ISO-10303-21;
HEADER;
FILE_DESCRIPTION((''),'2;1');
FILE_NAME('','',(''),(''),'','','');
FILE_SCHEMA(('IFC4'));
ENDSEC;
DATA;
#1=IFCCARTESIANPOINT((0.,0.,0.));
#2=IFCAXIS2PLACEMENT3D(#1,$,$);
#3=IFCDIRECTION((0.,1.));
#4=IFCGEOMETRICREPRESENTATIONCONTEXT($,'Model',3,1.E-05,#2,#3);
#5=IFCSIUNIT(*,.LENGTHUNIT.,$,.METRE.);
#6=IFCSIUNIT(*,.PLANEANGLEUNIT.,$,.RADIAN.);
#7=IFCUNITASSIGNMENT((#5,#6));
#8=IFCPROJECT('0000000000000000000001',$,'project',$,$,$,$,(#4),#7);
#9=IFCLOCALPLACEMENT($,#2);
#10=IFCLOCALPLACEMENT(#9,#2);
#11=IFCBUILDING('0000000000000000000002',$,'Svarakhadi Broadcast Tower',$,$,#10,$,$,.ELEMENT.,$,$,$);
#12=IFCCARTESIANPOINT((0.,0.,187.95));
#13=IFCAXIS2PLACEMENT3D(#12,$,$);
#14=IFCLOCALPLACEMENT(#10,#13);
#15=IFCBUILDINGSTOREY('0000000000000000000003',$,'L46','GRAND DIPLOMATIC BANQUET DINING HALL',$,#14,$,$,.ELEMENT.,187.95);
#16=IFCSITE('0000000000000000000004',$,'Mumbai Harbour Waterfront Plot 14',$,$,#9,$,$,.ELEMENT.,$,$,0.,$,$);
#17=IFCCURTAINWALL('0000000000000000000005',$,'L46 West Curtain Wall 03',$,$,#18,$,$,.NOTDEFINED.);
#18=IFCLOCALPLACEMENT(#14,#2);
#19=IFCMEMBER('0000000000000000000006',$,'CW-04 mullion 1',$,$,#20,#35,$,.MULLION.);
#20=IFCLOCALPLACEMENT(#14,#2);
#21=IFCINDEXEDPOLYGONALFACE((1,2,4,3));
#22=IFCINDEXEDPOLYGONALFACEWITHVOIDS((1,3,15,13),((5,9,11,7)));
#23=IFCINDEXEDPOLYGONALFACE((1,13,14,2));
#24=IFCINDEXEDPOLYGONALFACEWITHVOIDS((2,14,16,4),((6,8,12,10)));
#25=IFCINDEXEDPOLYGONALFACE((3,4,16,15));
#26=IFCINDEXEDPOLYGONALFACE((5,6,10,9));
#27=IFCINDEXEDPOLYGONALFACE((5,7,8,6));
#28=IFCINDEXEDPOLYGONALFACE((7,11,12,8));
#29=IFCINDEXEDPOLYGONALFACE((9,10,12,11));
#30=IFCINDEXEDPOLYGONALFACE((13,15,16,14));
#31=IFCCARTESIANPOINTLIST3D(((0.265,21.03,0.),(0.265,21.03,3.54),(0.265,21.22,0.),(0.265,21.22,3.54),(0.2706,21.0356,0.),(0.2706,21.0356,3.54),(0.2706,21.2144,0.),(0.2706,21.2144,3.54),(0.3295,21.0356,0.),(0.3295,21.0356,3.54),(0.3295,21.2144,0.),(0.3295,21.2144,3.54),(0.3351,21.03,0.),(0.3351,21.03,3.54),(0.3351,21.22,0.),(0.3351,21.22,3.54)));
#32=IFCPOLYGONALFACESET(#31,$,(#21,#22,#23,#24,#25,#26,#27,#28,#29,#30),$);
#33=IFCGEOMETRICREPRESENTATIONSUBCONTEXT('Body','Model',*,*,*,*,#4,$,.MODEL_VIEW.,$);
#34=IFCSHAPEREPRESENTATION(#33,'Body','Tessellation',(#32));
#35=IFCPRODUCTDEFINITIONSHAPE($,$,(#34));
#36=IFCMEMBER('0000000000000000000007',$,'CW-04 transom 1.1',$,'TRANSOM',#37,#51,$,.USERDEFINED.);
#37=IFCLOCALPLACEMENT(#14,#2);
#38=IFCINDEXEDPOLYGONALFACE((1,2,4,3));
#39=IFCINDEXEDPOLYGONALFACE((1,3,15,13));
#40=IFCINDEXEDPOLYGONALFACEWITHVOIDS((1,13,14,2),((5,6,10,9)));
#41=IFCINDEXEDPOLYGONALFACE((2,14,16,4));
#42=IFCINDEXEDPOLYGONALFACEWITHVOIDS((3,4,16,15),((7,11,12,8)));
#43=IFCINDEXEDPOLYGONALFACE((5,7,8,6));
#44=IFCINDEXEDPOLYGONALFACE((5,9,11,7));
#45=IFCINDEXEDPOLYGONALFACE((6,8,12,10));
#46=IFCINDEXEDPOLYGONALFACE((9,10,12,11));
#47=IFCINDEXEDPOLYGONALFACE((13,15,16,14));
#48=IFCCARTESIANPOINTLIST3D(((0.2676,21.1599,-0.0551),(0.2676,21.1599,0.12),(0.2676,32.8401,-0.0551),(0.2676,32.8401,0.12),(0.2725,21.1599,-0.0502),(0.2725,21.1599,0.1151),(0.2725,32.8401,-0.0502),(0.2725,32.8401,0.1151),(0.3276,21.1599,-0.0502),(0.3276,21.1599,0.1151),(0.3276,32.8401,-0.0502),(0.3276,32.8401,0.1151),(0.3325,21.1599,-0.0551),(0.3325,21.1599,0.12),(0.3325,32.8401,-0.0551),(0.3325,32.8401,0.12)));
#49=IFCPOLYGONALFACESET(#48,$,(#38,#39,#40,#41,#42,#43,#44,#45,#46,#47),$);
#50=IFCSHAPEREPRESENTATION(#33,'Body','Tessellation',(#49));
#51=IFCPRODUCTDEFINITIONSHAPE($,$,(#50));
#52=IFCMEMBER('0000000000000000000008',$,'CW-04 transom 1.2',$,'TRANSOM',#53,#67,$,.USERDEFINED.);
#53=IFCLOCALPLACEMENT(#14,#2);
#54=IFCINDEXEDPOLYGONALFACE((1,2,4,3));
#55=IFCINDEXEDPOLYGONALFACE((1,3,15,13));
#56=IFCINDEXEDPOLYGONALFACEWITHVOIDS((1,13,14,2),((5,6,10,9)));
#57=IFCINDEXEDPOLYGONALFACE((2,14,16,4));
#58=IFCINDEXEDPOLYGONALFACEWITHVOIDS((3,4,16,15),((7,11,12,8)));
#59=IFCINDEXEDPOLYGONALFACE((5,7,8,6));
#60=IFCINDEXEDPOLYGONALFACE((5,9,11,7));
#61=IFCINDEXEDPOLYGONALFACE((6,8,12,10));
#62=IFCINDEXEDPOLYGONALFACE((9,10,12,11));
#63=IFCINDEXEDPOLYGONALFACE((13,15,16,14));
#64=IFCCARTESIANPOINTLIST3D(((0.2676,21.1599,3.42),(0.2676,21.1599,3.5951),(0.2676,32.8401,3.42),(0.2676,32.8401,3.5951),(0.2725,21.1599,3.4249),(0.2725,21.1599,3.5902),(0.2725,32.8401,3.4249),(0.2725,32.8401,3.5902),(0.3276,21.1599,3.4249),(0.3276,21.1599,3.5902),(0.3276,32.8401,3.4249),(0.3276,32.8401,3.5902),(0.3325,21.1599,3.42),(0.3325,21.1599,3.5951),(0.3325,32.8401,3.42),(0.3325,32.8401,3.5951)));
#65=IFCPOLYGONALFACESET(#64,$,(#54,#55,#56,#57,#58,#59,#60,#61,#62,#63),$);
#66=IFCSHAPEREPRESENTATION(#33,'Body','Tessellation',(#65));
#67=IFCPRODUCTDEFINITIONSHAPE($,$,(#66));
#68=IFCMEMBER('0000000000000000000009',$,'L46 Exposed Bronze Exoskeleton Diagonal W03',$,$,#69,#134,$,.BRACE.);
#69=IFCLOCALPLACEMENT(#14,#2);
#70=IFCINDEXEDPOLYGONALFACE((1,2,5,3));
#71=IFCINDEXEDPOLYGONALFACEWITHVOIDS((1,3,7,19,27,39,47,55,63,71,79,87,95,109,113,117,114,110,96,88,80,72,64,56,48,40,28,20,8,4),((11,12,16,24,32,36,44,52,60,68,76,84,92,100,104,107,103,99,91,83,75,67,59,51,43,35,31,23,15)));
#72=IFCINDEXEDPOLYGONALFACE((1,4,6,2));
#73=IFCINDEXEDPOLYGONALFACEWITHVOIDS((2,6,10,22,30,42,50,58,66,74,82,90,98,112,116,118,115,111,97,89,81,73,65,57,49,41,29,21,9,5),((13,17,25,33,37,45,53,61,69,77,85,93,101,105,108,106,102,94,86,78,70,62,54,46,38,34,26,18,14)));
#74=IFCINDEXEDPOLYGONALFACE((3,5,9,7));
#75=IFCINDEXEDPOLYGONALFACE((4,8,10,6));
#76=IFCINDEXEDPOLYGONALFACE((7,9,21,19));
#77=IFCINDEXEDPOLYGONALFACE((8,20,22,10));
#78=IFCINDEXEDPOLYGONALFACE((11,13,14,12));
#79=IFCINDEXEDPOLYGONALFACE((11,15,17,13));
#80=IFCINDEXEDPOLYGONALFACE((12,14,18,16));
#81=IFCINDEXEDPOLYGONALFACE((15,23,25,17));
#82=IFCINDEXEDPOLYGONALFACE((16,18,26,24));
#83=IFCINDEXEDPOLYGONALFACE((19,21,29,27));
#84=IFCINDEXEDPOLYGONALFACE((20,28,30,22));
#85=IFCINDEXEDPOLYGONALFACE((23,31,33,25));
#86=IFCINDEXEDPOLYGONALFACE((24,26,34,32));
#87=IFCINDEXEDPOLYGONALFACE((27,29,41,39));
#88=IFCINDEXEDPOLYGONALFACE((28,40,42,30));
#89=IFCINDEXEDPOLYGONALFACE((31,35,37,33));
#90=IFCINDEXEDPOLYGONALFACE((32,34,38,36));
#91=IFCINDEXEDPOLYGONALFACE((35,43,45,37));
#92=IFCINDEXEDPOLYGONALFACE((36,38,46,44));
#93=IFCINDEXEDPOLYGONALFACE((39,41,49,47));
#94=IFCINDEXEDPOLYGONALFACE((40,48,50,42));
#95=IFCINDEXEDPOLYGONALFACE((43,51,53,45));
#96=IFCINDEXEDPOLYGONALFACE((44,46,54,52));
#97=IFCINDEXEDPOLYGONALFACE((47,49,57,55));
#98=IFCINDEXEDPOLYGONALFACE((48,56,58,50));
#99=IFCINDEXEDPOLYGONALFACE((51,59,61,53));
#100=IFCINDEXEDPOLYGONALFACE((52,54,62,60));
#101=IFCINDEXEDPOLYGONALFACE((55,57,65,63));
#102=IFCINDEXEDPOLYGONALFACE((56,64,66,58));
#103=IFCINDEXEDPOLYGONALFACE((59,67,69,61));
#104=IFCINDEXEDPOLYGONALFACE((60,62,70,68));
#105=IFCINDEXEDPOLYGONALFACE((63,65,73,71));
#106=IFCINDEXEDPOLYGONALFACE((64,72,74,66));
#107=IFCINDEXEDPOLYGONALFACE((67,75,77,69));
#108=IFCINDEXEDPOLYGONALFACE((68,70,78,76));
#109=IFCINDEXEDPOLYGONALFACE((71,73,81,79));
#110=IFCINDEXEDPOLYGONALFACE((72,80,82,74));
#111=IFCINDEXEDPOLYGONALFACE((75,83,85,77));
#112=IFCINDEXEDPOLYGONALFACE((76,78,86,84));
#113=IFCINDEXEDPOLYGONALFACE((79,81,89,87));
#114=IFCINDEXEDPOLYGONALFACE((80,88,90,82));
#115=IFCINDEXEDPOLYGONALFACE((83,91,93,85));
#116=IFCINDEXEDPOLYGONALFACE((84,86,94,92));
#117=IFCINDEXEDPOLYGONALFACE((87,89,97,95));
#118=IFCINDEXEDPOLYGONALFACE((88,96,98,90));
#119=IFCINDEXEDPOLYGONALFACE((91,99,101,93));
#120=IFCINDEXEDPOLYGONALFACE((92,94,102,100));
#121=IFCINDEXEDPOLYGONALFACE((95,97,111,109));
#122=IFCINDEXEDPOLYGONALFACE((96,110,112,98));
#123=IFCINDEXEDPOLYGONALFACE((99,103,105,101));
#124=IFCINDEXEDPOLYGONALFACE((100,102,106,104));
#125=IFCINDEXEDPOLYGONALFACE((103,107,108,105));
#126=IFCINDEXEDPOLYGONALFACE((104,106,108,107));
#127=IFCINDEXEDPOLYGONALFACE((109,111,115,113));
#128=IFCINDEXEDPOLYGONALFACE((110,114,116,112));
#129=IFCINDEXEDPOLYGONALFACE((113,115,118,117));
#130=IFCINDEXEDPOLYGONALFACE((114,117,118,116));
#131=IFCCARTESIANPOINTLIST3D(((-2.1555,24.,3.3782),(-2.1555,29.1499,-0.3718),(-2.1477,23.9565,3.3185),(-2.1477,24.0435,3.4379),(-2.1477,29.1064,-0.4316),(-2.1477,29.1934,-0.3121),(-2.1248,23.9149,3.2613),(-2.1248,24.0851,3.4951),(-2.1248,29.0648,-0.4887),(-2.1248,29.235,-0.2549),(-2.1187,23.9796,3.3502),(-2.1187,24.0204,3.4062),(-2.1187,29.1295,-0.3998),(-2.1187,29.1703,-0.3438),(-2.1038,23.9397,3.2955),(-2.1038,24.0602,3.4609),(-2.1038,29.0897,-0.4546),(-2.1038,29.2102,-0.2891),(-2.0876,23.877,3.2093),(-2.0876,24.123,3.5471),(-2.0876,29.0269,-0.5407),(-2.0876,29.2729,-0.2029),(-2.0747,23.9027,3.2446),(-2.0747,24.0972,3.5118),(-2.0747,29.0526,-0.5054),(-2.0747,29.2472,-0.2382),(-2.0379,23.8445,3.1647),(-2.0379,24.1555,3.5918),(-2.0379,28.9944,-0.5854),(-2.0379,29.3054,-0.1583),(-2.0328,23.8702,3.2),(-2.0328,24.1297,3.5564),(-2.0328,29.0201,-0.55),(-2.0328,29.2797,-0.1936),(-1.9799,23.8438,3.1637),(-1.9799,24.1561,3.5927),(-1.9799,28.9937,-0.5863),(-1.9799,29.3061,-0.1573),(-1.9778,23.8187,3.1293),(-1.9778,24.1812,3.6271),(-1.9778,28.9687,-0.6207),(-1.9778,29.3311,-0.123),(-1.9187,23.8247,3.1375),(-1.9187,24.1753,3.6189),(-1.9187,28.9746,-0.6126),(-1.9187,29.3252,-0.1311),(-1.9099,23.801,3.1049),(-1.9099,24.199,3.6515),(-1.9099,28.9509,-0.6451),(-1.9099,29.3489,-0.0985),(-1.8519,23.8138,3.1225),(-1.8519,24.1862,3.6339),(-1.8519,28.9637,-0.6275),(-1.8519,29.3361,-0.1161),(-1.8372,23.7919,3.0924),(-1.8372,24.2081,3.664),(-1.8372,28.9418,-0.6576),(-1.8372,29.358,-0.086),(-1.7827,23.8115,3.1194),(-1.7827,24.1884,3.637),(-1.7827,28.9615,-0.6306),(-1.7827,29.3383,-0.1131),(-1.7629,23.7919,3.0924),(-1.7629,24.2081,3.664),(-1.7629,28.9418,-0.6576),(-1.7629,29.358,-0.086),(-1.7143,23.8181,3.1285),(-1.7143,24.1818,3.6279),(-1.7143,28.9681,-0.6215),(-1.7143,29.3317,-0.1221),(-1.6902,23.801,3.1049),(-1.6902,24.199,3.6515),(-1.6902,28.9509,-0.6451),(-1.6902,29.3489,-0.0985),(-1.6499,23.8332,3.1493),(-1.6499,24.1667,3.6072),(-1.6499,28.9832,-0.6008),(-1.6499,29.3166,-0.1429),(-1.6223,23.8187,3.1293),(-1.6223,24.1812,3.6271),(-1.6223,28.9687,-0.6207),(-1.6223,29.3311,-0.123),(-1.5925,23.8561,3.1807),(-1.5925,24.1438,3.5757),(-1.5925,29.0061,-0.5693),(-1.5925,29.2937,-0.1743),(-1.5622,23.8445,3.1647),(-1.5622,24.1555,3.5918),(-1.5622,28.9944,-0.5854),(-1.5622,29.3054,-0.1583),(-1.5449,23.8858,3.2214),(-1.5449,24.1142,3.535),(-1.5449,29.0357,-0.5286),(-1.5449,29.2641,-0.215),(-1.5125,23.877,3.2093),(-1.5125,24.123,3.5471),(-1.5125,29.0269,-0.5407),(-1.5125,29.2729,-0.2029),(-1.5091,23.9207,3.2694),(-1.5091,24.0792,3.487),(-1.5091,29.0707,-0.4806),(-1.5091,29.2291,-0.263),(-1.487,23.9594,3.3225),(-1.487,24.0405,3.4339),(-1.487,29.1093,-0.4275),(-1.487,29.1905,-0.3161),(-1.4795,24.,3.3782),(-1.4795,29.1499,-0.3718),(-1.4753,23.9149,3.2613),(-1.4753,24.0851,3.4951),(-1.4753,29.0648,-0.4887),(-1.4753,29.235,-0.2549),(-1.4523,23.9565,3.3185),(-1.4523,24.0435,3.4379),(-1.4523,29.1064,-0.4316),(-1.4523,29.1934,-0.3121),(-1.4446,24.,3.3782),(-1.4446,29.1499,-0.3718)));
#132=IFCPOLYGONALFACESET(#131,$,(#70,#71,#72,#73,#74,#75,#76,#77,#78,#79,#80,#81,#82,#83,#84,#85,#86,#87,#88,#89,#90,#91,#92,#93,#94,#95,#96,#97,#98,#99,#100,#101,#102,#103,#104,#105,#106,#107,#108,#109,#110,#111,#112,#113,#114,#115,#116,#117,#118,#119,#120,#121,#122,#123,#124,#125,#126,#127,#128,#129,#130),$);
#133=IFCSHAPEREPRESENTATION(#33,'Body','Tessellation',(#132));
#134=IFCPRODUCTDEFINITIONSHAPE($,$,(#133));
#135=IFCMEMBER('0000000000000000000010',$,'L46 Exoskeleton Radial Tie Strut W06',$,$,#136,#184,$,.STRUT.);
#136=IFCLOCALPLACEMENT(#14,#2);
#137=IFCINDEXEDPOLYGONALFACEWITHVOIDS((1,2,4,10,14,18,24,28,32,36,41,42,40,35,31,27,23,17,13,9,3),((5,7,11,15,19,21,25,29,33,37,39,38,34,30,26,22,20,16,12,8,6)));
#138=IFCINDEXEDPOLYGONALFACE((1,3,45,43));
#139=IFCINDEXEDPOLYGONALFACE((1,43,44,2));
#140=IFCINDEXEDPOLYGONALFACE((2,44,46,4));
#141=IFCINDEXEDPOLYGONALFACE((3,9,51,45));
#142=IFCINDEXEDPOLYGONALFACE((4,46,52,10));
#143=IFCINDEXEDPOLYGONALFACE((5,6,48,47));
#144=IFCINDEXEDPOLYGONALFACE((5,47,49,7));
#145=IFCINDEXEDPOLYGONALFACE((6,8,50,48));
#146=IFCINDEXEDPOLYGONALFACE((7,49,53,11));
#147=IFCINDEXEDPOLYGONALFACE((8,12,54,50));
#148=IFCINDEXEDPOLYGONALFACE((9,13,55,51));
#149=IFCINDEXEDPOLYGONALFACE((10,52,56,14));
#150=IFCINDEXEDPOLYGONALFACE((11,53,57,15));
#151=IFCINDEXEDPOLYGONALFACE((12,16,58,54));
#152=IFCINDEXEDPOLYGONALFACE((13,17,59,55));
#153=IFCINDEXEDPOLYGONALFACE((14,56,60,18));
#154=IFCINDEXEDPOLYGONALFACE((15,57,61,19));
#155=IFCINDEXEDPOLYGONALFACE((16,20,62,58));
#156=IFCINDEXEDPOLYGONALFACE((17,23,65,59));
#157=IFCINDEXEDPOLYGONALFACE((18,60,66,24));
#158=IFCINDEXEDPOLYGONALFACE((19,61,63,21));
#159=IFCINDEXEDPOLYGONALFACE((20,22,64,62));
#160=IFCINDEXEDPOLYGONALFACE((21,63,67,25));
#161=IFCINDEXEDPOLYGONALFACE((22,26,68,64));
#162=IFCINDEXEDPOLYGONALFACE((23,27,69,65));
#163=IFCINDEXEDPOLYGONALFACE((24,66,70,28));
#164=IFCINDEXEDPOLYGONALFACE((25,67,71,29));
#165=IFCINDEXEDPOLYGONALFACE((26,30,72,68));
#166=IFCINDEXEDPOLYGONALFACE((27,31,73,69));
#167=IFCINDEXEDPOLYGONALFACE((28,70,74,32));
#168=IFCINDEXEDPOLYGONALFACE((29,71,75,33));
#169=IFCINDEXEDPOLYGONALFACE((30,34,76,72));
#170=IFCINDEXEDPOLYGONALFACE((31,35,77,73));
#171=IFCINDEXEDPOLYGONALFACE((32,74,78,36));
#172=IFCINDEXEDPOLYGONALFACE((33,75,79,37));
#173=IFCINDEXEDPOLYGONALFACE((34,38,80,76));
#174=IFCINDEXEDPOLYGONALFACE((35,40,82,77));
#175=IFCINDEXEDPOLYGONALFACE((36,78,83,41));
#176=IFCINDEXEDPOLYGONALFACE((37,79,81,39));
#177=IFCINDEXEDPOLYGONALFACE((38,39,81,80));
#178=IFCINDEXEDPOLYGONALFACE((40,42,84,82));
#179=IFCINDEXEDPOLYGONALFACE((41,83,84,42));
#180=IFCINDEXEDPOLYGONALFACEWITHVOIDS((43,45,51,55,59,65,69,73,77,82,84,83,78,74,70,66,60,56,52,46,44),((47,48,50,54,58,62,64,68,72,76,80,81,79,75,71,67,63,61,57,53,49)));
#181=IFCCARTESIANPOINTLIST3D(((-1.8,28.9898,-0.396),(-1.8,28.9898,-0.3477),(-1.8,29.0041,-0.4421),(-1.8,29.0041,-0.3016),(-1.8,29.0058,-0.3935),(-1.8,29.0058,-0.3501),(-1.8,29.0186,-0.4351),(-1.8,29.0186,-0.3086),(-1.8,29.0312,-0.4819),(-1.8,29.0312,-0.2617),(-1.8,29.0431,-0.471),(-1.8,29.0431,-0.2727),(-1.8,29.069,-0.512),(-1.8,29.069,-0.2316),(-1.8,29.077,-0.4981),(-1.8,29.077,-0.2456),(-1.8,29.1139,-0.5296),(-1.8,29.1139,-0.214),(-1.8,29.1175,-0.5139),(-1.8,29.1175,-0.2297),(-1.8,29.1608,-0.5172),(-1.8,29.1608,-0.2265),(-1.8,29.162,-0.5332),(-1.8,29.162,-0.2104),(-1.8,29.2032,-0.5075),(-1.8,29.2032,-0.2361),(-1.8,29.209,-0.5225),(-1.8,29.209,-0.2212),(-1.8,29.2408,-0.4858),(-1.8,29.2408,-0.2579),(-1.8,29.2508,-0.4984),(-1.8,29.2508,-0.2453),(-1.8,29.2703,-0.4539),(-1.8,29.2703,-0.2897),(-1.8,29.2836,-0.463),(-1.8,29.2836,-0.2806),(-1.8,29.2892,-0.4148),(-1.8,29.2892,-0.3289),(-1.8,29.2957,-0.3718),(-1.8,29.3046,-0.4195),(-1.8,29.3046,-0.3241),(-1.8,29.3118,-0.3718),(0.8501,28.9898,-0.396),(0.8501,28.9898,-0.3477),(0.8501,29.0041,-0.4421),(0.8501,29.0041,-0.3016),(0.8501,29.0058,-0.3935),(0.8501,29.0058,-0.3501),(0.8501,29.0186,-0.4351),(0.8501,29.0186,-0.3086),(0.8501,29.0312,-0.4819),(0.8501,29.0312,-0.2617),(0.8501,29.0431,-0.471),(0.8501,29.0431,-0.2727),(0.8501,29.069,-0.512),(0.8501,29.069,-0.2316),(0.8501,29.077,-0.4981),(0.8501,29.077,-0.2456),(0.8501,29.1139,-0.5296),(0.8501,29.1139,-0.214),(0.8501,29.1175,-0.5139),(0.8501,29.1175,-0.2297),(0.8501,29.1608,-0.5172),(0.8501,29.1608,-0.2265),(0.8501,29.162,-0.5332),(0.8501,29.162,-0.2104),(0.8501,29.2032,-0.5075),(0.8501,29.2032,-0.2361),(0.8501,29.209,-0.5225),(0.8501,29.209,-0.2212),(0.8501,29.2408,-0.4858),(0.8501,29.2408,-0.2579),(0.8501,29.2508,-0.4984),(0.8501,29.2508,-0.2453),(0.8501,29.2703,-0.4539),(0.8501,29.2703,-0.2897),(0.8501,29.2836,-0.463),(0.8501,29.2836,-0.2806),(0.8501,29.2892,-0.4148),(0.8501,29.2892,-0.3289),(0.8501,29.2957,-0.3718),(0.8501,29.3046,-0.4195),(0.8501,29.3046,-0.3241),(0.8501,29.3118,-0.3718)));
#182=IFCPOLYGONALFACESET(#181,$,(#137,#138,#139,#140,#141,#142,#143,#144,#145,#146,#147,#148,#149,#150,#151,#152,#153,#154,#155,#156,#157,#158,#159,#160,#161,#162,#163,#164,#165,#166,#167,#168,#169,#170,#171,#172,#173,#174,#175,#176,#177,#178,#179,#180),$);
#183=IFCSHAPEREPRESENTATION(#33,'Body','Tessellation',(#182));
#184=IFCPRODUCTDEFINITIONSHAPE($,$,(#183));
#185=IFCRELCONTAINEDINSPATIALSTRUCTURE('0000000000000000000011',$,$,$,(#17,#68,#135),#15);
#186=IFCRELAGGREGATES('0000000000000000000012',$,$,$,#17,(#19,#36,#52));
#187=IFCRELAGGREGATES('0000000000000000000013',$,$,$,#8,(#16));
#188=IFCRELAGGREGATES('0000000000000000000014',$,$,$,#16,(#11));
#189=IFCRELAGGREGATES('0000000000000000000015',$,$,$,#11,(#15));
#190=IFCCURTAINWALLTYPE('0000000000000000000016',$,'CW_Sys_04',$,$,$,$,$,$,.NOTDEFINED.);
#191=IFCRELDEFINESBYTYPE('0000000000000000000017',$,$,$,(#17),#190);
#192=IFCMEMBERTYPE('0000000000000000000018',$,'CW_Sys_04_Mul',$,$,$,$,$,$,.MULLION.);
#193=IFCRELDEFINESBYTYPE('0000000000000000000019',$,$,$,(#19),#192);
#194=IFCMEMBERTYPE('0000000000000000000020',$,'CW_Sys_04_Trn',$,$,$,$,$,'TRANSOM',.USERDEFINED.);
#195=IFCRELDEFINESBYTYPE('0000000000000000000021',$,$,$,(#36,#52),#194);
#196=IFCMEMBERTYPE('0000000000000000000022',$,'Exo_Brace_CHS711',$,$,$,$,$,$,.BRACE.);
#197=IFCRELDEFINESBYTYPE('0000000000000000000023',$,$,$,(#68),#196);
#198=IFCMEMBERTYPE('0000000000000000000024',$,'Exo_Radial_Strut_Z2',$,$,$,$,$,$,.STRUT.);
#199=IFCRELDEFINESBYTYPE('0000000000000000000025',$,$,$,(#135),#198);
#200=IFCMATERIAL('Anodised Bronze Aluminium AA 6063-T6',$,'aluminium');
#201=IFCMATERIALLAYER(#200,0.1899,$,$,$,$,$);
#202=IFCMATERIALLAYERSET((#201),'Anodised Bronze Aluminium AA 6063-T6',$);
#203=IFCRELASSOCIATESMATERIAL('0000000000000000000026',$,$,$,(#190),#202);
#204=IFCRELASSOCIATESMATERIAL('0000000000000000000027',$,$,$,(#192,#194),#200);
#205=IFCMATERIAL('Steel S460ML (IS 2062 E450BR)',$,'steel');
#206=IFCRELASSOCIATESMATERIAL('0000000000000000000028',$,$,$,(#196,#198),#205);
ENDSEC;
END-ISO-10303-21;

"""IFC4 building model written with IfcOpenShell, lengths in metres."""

from ifc_helpers import new_model, si_unit, direction, frame, origin, origin_2d, place, context, subcontext, project, spatial, hollow_rectangle, hollow_circle, extrude, material, layer, layer_set, material_profile, profile_set, type_object, element, aggregate, save


model = new_model("IFC4")

# Units and contexts
model_context = context("Model", 3, precision=1e-05, world=origin(), true_north=direction((0.0, 1.0)))
body_context = subcontext(model_context, "Body", "Model", "MODEL_VIEW")
ifc_project = project(units=[si_unit("LENGTHUNIT", "METRE"), si_unit("PLANEANGLEUNIT", "RADIAN")], contexts=[model_context])

# Site, building, storey
site_placement = place(None, origin())
site = spatial("IfcSite", under=ifc_project, at=site_placement, Name="Mumbai Harbour Waterfront Plot 14", CompositionType="ELEMENT", RefElevation=0.0)
building_placement = place(site_placement, origin())
building = spatial("IfcBuilding", under=site, at=building_placement, Name="Svarakhadi Broadcast Tower", CompositionType="ELEMENT")
storey_placement = place(building_placement, frame((0.0, 0.0, 187.95)))
storey = spatial("IfcBuildingStorey", under=building, at=storey_placement, Name="L46", Description="GRAND DIPLOMATIC BANQUET DINING HALL", CompositionType="ELEMENT", Elevation=187.95)

# Shared definitions
ifc_material_1 = material(Name="Steel S460ML (IS 2062 E450BR)", Category="steel")

# Curtain wall, members
ifc_material_2 = material(Name="Anodised Bronze Aluminium AA 6063-T6", Category="aluminium")
ifc_layer_1 = layer(ifc_material_2, 0.1899)
ifc_layer_set_1 = layer_set([ifc_layer_1], Name="Anodised Bronze Aluminium AA 6063-T6")
curtain_wall_type = type_object("IfcCurtainWallType", Name="CW_Sys_04", PredefinedType="NOTDEFINED", material=ifc_layer_set_1)
curtain_wall_placement = place(storey_placement, origin())
curtain_wall = element("IfcCurtainWall", 1, at=curtain_wall_placement, inside=storey, type_object=curtain_wall_type, Name="L46 West Curtain Wall 03", PredefinedType="NOTDEFINED")
ifc_material_profile_1 = material_profile(ifc_material_2, hollow_rectangle(XDim=0.0701, YDim=0.1899, WallThickness=0.0056, at=origin_2d()), Name="ALU MULLION 190x70x6")
ifc_profile_set_1 = profile_set([ifc_material_profile_1], Name="Anodised Bronze Aluminium AA 6063-T6")
member_type_1 = type_object("IfcMemberType", Name="CW_Sys_04_Mul", PredefinedType="MULLION", material=ifc_profile_set_1)
member_1_placement = place(storey_placement, frame((0.3, 21.125, 0.0), z_axis=(0.0, 0.0, 1.0), x_axis=(-1.0, 0.0, 0.0)))
member_1 = element("IfcMember", 2, at=member_1_placement, type_object=member_type_1, Name="CW-04 mullion 1", PredefinedType="MULLION", context=body_context, shape_type="SweptSolid", body=[
    extrude(hollow_rectangle(XDim=0.0701, YDim=0.1899, WallThickness=0.0056, at=origin_2d()), origin(), (0.0, 0.0, 1.0), 3.54),
])
ifc_material_profile_2 = material_profile(ifc_material_2, hollow_rectangle(XDim=0.0649, YDim=0.175, WallThickness=0.0049, at=origin_2d()), Name="ALU TRANSOM 175x65x5")
ifc_profile_set_2 = profile_set([ifc_material_profile_2], Name="Anodised Bronze Aluminium AA 6063-T6")
member_type_2 = type_object("IfcMemberType", Name="CW_Sys_04_Trn", ElementType="TRANSOM", PredefinedType="USERDEFINED", material=ifc_profile_set_2)
member_2_placement = place(storey_placement, frame((0.3, 21.1599, 0.0325), z_axis=(0.0, 1.0, 0.0), x_axis=(-1.0, 0.0, 0.0)))
member_2 = element("IfcMember", 3, at=member_2_placement, type_object=member_type_2, Name="CW-04 transom 1.1", ObjectType="TRANSOM", PredefinedType="USERDEFINED", context=body_context, shape_type="SweptSolid", body=[
    extrude(hollow_rectangle(XDim=0.0649, YDim=0.175, WallThickness=0.0049, at=origin_2d()), origin(), (0.0, 0.0, 1.0), 11.6802),
])
member_3_placement = place(storey_placement, frame((0.3, 21.1599, 3.5076), z_axis=(0.0, 1.0, 0.0), x_axis=(-1.0, 0.0, 0.0)))
member_3 = element("IfcMember", 4, at=member_3_placement, type_object=member_type_2, Name="CW-04 transom 1.2", ObjectType="TRANSOM", PredefinedType="USERDEFINED", context=body_context, shape_type="SweptSolid", body=[
    extrude(hollow_rectangle(XDim=0.0649, YDim=0.175, WallThickness=0.0049, at=origin_2d()), origin(), (0.0, 0.0, 1.0), 11.6802),
])

# Members
ifc_material_profile_3 = material_profile(ifc_material_1, hollow_circle(Radius=0.3555, WallThickness=0.0349, at=origin_2d()), Name="CHS 711x35")
ifc_profile_set_3 = profile_set([ifc_material_profile_3], Name="Steel S460ML (IS 2062 E450BR)")
member_type_3 = type_object("IfcMemberType", Name="Exo_Brace_CHS711", PredefinedType="BRACE", material=ifc_profile_set_3)
member_4_placement = place(storey_placement, frame((-1.8, 29.1499, -0.3718), z_axis=(0.0, -0.808391, 0.588646), x_axis=(1.0, 0.0, 0.0)))
element("IfcMember", 5, at=member_4_placement, inside=storey, type_object=member_type_3, Name="L46 Exposed Bronze Exoskeleton Diagonal W03", PredefinedType="BRACE", context=body_context, shape_type="SweptSolid", body=[
    extrude(hollow_circle(Radius=0.3555, WallThickness=0.0349, at=origin_2d()), origin(), (0.0, 0.0, 1.0), 6.3706),
])
ifc_material_profile_4 = material_profile(ifc_material_1, hollow_circle(Radius=0.1619, WallThickness=0.0161, at=origin_2d()), Name="CHS 323.9x16")
ifc_profile_set_4 = profile_set([ifc_material_profile_4], Name="Steel S460ML (IS 2062 E450BR)")
member_type_4 = type_object("IfcMemberType", Name="Exo_Radial_Strut_Z2", PredefinedType="STRUT", material=ifc_profile_set_4)
member_5_placement = place(storey_placement, frame((-1.8, 29.1499, -0.3718), z_axis=(1.0, 0.0, 0.0), x_axis=(0.0, 1.0, 0.0)))
element("IfcMember", 6, at=member_5_placement, inside=storey, type_object=member_type_4, Name="L46 Exoskeleton Radial Tie Strut W06", PredefinedType="STRUT", context=body_context, shape_type="SweptSolid", body=[
    extrude(hollow_circle(Radius=0.1619, WallThickness=0.0161, at=origin_2d()), origin(), (0.0, 0.0, 1.0), 2.6501),
])

aggregate(curtain_wall, [member_1, member_2, member_3])

save(model, "model.ifc")
